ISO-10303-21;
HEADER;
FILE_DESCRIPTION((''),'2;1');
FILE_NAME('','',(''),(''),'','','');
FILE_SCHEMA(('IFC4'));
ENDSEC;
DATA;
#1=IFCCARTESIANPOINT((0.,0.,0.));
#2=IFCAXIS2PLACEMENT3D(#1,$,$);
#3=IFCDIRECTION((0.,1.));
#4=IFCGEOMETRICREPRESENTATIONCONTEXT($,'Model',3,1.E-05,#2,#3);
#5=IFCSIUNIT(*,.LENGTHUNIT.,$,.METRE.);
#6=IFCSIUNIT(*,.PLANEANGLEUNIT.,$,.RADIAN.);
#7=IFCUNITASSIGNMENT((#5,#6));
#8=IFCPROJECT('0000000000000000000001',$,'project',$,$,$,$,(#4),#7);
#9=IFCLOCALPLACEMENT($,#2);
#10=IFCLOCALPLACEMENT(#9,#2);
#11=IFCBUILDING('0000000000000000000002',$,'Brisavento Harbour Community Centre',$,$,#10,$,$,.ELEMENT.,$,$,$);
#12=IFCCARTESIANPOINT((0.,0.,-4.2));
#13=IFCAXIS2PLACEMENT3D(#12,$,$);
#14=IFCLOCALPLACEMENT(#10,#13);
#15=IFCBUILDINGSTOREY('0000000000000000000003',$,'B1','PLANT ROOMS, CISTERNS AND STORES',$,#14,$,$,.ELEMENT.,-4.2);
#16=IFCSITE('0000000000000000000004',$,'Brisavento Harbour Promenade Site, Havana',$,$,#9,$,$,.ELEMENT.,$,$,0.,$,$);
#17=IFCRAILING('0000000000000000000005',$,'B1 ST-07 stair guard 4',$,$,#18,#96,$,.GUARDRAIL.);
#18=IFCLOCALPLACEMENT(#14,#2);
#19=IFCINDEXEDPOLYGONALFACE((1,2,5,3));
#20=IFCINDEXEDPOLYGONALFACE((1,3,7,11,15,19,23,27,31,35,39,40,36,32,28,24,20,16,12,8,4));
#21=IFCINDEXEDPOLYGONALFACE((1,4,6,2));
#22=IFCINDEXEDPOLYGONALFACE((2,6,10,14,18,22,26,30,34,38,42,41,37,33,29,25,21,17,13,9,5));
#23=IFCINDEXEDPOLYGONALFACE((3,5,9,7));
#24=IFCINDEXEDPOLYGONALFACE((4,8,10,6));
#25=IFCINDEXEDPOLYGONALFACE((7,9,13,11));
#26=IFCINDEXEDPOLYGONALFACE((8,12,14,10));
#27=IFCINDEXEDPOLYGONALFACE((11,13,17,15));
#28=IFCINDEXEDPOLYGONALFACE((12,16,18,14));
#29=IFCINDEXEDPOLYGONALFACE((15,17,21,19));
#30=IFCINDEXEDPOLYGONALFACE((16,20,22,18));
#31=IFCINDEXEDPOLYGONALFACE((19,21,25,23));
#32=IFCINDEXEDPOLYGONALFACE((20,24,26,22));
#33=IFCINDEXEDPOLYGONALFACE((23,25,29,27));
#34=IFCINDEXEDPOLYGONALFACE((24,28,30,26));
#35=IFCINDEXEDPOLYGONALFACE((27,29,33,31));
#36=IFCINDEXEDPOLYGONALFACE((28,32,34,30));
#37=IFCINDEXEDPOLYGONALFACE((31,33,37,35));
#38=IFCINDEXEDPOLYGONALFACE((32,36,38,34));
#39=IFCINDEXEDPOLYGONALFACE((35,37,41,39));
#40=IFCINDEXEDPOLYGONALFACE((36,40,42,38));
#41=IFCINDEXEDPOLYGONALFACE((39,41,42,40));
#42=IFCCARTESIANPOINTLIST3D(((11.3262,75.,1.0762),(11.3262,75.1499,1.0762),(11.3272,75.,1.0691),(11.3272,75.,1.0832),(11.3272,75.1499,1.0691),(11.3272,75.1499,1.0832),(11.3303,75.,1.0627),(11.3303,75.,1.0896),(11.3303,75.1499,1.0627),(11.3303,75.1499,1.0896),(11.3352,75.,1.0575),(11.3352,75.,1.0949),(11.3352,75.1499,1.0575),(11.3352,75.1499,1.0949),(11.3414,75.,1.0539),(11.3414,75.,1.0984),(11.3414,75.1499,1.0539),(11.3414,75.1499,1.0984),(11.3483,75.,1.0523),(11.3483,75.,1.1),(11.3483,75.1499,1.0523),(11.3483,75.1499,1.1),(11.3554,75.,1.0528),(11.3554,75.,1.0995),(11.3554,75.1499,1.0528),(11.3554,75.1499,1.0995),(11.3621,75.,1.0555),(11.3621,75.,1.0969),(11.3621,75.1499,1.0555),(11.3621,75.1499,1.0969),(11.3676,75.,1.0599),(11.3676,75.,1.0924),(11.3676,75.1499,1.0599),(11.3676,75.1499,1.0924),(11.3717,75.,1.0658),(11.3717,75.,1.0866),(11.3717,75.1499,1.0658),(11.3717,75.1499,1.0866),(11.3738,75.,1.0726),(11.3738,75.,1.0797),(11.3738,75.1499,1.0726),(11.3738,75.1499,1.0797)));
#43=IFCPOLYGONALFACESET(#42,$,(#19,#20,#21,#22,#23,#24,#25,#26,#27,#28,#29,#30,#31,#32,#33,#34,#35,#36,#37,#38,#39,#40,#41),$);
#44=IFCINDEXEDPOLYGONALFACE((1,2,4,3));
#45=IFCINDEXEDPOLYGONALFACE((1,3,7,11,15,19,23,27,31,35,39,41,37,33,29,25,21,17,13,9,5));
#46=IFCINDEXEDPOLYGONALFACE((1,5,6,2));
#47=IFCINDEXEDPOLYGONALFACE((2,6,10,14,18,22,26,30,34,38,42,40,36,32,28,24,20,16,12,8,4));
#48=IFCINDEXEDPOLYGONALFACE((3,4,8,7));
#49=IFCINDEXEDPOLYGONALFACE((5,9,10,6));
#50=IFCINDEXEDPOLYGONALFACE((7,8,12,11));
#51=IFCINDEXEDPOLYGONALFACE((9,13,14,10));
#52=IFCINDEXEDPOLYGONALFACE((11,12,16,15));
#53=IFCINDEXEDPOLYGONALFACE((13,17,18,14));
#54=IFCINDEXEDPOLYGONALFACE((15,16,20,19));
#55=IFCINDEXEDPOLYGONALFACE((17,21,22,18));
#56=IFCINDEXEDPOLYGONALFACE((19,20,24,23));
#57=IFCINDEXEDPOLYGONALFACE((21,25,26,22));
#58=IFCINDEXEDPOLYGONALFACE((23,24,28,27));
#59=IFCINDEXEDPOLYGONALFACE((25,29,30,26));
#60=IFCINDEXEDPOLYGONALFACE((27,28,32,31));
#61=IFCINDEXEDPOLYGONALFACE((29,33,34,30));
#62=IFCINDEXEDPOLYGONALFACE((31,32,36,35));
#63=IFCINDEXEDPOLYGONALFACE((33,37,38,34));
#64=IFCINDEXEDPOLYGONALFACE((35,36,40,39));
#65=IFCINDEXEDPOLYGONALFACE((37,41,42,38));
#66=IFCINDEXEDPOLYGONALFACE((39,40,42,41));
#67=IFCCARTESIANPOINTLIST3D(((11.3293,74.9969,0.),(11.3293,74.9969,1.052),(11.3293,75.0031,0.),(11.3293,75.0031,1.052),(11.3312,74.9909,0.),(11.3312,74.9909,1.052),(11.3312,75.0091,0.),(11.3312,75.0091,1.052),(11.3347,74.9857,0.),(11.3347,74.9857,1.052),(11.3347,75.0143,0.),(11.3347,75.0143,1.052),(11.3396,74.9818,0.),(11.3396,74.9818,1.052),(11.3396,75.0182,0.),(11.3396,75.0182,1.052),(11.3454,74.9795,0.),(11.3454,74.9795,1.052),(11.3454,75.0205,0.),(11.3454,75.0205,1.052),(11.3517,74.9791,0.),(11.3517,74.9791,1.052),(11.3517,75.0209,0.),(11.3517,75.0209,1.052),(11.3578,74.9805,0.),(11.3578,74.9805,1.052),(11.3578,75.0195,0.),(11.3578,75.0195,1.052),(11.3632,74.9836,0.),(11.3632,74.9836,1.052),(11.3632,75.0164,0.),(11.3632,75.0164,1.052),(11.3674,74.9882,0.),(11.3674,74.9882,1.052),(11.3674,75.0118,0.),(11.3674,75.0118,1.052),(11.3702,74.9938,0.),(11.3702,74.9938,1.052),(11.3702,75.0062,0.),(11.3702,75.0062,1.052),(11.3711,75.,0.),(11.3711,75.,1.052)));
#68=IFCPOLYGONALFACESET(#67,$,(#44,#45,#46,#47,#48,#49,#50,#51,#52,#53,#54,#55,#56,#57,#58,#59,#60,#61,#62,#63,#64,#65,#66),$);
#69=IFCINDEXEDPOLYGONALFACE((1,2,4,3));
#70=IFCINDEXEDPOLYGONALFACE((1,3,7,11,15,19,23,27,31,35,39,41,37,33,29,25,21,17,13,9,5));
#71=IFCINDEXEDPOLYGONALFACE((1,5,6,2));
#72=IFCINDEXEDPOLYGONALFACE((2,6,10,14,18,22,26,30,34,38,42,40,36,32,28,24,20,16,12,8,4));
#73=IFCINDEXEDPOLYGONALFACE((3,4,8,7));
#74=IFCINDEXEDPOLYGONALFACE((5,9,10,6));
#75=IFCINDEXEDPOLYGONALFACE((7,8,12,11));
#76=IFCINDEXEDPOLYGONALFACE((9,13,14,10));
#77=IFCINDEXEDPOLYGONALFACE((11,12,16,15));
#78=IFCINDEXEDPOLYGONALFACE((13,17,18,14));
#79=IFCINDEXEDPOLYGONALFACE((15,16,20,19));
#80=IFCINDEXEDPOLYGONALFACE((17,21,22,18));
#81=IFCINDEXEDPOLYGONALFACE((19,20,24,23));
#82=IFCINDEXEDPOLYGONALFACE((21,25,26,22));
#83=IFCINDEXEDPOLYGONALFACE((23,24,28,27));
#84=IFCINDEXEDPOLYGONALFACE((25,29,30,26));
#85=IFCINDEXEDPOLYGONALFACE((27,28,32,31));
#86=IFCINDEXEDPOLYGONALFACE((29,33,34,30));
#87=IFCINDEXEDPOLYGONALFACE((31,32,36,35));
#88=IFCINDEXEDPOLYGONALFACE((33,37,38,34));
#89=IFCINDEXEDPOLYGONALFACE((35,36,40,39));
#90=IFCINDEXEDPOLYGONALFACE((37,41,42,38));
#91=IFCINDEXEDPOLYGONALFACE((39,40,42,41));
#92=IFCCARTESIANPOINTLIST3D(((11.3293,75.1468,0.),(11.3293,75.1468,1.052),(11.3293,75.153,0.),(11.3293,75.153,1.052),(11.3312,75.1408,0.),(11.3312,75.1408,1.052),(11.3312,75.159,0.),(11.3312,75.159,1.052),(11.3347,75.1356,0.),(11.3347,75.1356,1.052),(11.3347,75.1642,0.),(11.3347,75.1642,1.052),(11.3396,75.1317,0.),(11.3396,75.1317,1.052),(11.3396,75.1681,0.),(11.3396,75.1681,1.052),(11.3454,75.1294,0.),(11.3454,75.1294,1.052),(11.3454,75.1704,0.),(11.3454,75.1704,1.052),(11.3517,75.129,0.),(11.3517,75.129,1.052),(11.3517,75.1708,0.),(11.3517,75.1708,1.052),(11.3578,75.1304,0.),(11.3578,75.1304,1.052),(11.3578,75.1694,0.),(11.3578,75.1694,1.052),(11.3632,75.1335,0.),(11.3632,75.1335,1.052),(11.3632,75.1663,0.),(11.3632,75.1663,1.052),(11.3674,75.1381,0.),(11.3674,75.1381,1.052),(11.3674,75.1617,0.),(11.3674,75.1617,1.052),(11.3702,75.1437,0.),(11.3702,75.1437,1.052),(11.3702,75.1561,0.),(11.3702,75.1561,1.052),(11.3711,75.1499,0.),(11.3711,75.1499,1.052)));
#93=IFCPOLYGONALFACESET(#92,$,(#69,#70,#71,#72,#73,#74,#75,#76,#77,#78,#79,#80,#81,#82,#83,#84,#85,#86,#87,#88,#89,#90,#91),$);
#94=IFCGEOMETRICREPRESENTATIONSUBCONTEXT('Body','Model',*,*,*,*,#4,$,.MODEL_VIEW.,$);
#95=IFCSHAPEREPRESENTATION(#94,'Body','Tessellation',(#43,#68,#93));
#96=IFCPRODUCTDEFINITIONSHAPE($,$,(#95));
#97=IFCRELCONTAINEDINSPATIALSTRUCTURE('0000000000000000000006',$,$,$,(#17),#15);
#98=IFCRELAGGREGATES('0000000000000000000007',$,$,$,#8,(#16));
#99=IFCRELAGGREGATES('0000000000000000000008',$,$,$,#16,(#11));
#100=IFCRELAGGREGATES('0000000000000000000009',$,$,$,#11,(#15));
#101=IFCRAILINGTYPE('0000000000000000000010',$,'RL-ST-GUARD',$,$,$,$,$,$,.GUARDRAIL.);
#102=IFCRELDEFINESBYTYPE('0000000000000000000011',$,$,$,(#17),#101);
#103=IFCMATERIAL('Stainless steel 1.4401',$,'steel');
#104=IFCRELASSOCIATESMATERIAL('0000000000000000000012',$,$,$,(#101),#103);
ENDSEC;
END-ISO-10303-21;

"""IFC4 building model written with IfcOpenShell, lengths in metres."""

from ifc_helpers import new_model, si_unit, direction, frame, origin, origin_2d, place, context, subcontext, project, spatial, circle, extrude, material, type_object, element, save


model = new_model("IFC4")

# Units and contexts
model_context = context("Model", 3, precision=1e-05, world=origin(), true_north=direction((0.0, 1.0)))
body_context = subcontext(model_context, "Body", "Model", "MODEL_VIEW")
ifc_project = project(units=[si_unit("LENGTHUNIT", "METRE"), si_unit("PLANEANGLEUNIT", "RADIAN")], contexts=[model_context])

# Site, building, storey
site_placement = place(None, origin())
site = spatial("IfcSite", under=ifc_project, at=site_placement, Name="Brisavento Harbour Promenade Site, Havana", CompositionType="ELEMENT", RefElevation=0.0)
building_placement = place(site_placement, origin())
building = spatial("IfcBuilding", under=site, at=building_placement, Name="Brisavento Harbour Community Centre", CompositionType="ELEMENT")
storey_placement = place(building_placement, frame((0.0, 0.0, -4.2)))
storey = spatial("IfcBuildingStorey", under=building, at=storey_placement, Name="B1", Description="PLANT ROOMS, CISTERNS AND STORES", CompositionType="ELEMENT", Elevation=-4.2)

# Railing
ifc_material_1 = material(Name="Stainless steel 1.4401", Category="steel")
railing_type_1 = type_object("IfcRailingType", Name="RL-ST-GUARD", PredefinedType="GUARDRAIL", material=ifc_material_1)
railing_1_placement = place(storey_placement, frame((11.3501, 75.0, 0.0)))
element("IfcRailing", 1, at=railing_1_placement, inside=storey, type_object=railing_type_1, Name="B1 ST-07 stair guard 4", PredefinedType="GUARDRAIL", context=body_context, shape_type="SweptSolid", body=[
    extrude(circle(Radius=0.0239, at=origin_2d()), frame((0.0, 0.0, 1.0762), z_axis=(0.0, 1.0, 0.0), x_axis=(-1.0, 0.0, 0.0)), (0.0, 0.0, 1.0), 0.1499),
    extrude(circle(Radius=0.021, at=origin_2d()), origin(), (0.0, 0.0, 1.0), 1.052),
    extrude(circle(Radius=0.021, at=origin_2d()), frame((0.0, 0.1499, 0.0)), (0.0, 0.0, 1.0), 1.052),
])

save(model, "model.ifc")
